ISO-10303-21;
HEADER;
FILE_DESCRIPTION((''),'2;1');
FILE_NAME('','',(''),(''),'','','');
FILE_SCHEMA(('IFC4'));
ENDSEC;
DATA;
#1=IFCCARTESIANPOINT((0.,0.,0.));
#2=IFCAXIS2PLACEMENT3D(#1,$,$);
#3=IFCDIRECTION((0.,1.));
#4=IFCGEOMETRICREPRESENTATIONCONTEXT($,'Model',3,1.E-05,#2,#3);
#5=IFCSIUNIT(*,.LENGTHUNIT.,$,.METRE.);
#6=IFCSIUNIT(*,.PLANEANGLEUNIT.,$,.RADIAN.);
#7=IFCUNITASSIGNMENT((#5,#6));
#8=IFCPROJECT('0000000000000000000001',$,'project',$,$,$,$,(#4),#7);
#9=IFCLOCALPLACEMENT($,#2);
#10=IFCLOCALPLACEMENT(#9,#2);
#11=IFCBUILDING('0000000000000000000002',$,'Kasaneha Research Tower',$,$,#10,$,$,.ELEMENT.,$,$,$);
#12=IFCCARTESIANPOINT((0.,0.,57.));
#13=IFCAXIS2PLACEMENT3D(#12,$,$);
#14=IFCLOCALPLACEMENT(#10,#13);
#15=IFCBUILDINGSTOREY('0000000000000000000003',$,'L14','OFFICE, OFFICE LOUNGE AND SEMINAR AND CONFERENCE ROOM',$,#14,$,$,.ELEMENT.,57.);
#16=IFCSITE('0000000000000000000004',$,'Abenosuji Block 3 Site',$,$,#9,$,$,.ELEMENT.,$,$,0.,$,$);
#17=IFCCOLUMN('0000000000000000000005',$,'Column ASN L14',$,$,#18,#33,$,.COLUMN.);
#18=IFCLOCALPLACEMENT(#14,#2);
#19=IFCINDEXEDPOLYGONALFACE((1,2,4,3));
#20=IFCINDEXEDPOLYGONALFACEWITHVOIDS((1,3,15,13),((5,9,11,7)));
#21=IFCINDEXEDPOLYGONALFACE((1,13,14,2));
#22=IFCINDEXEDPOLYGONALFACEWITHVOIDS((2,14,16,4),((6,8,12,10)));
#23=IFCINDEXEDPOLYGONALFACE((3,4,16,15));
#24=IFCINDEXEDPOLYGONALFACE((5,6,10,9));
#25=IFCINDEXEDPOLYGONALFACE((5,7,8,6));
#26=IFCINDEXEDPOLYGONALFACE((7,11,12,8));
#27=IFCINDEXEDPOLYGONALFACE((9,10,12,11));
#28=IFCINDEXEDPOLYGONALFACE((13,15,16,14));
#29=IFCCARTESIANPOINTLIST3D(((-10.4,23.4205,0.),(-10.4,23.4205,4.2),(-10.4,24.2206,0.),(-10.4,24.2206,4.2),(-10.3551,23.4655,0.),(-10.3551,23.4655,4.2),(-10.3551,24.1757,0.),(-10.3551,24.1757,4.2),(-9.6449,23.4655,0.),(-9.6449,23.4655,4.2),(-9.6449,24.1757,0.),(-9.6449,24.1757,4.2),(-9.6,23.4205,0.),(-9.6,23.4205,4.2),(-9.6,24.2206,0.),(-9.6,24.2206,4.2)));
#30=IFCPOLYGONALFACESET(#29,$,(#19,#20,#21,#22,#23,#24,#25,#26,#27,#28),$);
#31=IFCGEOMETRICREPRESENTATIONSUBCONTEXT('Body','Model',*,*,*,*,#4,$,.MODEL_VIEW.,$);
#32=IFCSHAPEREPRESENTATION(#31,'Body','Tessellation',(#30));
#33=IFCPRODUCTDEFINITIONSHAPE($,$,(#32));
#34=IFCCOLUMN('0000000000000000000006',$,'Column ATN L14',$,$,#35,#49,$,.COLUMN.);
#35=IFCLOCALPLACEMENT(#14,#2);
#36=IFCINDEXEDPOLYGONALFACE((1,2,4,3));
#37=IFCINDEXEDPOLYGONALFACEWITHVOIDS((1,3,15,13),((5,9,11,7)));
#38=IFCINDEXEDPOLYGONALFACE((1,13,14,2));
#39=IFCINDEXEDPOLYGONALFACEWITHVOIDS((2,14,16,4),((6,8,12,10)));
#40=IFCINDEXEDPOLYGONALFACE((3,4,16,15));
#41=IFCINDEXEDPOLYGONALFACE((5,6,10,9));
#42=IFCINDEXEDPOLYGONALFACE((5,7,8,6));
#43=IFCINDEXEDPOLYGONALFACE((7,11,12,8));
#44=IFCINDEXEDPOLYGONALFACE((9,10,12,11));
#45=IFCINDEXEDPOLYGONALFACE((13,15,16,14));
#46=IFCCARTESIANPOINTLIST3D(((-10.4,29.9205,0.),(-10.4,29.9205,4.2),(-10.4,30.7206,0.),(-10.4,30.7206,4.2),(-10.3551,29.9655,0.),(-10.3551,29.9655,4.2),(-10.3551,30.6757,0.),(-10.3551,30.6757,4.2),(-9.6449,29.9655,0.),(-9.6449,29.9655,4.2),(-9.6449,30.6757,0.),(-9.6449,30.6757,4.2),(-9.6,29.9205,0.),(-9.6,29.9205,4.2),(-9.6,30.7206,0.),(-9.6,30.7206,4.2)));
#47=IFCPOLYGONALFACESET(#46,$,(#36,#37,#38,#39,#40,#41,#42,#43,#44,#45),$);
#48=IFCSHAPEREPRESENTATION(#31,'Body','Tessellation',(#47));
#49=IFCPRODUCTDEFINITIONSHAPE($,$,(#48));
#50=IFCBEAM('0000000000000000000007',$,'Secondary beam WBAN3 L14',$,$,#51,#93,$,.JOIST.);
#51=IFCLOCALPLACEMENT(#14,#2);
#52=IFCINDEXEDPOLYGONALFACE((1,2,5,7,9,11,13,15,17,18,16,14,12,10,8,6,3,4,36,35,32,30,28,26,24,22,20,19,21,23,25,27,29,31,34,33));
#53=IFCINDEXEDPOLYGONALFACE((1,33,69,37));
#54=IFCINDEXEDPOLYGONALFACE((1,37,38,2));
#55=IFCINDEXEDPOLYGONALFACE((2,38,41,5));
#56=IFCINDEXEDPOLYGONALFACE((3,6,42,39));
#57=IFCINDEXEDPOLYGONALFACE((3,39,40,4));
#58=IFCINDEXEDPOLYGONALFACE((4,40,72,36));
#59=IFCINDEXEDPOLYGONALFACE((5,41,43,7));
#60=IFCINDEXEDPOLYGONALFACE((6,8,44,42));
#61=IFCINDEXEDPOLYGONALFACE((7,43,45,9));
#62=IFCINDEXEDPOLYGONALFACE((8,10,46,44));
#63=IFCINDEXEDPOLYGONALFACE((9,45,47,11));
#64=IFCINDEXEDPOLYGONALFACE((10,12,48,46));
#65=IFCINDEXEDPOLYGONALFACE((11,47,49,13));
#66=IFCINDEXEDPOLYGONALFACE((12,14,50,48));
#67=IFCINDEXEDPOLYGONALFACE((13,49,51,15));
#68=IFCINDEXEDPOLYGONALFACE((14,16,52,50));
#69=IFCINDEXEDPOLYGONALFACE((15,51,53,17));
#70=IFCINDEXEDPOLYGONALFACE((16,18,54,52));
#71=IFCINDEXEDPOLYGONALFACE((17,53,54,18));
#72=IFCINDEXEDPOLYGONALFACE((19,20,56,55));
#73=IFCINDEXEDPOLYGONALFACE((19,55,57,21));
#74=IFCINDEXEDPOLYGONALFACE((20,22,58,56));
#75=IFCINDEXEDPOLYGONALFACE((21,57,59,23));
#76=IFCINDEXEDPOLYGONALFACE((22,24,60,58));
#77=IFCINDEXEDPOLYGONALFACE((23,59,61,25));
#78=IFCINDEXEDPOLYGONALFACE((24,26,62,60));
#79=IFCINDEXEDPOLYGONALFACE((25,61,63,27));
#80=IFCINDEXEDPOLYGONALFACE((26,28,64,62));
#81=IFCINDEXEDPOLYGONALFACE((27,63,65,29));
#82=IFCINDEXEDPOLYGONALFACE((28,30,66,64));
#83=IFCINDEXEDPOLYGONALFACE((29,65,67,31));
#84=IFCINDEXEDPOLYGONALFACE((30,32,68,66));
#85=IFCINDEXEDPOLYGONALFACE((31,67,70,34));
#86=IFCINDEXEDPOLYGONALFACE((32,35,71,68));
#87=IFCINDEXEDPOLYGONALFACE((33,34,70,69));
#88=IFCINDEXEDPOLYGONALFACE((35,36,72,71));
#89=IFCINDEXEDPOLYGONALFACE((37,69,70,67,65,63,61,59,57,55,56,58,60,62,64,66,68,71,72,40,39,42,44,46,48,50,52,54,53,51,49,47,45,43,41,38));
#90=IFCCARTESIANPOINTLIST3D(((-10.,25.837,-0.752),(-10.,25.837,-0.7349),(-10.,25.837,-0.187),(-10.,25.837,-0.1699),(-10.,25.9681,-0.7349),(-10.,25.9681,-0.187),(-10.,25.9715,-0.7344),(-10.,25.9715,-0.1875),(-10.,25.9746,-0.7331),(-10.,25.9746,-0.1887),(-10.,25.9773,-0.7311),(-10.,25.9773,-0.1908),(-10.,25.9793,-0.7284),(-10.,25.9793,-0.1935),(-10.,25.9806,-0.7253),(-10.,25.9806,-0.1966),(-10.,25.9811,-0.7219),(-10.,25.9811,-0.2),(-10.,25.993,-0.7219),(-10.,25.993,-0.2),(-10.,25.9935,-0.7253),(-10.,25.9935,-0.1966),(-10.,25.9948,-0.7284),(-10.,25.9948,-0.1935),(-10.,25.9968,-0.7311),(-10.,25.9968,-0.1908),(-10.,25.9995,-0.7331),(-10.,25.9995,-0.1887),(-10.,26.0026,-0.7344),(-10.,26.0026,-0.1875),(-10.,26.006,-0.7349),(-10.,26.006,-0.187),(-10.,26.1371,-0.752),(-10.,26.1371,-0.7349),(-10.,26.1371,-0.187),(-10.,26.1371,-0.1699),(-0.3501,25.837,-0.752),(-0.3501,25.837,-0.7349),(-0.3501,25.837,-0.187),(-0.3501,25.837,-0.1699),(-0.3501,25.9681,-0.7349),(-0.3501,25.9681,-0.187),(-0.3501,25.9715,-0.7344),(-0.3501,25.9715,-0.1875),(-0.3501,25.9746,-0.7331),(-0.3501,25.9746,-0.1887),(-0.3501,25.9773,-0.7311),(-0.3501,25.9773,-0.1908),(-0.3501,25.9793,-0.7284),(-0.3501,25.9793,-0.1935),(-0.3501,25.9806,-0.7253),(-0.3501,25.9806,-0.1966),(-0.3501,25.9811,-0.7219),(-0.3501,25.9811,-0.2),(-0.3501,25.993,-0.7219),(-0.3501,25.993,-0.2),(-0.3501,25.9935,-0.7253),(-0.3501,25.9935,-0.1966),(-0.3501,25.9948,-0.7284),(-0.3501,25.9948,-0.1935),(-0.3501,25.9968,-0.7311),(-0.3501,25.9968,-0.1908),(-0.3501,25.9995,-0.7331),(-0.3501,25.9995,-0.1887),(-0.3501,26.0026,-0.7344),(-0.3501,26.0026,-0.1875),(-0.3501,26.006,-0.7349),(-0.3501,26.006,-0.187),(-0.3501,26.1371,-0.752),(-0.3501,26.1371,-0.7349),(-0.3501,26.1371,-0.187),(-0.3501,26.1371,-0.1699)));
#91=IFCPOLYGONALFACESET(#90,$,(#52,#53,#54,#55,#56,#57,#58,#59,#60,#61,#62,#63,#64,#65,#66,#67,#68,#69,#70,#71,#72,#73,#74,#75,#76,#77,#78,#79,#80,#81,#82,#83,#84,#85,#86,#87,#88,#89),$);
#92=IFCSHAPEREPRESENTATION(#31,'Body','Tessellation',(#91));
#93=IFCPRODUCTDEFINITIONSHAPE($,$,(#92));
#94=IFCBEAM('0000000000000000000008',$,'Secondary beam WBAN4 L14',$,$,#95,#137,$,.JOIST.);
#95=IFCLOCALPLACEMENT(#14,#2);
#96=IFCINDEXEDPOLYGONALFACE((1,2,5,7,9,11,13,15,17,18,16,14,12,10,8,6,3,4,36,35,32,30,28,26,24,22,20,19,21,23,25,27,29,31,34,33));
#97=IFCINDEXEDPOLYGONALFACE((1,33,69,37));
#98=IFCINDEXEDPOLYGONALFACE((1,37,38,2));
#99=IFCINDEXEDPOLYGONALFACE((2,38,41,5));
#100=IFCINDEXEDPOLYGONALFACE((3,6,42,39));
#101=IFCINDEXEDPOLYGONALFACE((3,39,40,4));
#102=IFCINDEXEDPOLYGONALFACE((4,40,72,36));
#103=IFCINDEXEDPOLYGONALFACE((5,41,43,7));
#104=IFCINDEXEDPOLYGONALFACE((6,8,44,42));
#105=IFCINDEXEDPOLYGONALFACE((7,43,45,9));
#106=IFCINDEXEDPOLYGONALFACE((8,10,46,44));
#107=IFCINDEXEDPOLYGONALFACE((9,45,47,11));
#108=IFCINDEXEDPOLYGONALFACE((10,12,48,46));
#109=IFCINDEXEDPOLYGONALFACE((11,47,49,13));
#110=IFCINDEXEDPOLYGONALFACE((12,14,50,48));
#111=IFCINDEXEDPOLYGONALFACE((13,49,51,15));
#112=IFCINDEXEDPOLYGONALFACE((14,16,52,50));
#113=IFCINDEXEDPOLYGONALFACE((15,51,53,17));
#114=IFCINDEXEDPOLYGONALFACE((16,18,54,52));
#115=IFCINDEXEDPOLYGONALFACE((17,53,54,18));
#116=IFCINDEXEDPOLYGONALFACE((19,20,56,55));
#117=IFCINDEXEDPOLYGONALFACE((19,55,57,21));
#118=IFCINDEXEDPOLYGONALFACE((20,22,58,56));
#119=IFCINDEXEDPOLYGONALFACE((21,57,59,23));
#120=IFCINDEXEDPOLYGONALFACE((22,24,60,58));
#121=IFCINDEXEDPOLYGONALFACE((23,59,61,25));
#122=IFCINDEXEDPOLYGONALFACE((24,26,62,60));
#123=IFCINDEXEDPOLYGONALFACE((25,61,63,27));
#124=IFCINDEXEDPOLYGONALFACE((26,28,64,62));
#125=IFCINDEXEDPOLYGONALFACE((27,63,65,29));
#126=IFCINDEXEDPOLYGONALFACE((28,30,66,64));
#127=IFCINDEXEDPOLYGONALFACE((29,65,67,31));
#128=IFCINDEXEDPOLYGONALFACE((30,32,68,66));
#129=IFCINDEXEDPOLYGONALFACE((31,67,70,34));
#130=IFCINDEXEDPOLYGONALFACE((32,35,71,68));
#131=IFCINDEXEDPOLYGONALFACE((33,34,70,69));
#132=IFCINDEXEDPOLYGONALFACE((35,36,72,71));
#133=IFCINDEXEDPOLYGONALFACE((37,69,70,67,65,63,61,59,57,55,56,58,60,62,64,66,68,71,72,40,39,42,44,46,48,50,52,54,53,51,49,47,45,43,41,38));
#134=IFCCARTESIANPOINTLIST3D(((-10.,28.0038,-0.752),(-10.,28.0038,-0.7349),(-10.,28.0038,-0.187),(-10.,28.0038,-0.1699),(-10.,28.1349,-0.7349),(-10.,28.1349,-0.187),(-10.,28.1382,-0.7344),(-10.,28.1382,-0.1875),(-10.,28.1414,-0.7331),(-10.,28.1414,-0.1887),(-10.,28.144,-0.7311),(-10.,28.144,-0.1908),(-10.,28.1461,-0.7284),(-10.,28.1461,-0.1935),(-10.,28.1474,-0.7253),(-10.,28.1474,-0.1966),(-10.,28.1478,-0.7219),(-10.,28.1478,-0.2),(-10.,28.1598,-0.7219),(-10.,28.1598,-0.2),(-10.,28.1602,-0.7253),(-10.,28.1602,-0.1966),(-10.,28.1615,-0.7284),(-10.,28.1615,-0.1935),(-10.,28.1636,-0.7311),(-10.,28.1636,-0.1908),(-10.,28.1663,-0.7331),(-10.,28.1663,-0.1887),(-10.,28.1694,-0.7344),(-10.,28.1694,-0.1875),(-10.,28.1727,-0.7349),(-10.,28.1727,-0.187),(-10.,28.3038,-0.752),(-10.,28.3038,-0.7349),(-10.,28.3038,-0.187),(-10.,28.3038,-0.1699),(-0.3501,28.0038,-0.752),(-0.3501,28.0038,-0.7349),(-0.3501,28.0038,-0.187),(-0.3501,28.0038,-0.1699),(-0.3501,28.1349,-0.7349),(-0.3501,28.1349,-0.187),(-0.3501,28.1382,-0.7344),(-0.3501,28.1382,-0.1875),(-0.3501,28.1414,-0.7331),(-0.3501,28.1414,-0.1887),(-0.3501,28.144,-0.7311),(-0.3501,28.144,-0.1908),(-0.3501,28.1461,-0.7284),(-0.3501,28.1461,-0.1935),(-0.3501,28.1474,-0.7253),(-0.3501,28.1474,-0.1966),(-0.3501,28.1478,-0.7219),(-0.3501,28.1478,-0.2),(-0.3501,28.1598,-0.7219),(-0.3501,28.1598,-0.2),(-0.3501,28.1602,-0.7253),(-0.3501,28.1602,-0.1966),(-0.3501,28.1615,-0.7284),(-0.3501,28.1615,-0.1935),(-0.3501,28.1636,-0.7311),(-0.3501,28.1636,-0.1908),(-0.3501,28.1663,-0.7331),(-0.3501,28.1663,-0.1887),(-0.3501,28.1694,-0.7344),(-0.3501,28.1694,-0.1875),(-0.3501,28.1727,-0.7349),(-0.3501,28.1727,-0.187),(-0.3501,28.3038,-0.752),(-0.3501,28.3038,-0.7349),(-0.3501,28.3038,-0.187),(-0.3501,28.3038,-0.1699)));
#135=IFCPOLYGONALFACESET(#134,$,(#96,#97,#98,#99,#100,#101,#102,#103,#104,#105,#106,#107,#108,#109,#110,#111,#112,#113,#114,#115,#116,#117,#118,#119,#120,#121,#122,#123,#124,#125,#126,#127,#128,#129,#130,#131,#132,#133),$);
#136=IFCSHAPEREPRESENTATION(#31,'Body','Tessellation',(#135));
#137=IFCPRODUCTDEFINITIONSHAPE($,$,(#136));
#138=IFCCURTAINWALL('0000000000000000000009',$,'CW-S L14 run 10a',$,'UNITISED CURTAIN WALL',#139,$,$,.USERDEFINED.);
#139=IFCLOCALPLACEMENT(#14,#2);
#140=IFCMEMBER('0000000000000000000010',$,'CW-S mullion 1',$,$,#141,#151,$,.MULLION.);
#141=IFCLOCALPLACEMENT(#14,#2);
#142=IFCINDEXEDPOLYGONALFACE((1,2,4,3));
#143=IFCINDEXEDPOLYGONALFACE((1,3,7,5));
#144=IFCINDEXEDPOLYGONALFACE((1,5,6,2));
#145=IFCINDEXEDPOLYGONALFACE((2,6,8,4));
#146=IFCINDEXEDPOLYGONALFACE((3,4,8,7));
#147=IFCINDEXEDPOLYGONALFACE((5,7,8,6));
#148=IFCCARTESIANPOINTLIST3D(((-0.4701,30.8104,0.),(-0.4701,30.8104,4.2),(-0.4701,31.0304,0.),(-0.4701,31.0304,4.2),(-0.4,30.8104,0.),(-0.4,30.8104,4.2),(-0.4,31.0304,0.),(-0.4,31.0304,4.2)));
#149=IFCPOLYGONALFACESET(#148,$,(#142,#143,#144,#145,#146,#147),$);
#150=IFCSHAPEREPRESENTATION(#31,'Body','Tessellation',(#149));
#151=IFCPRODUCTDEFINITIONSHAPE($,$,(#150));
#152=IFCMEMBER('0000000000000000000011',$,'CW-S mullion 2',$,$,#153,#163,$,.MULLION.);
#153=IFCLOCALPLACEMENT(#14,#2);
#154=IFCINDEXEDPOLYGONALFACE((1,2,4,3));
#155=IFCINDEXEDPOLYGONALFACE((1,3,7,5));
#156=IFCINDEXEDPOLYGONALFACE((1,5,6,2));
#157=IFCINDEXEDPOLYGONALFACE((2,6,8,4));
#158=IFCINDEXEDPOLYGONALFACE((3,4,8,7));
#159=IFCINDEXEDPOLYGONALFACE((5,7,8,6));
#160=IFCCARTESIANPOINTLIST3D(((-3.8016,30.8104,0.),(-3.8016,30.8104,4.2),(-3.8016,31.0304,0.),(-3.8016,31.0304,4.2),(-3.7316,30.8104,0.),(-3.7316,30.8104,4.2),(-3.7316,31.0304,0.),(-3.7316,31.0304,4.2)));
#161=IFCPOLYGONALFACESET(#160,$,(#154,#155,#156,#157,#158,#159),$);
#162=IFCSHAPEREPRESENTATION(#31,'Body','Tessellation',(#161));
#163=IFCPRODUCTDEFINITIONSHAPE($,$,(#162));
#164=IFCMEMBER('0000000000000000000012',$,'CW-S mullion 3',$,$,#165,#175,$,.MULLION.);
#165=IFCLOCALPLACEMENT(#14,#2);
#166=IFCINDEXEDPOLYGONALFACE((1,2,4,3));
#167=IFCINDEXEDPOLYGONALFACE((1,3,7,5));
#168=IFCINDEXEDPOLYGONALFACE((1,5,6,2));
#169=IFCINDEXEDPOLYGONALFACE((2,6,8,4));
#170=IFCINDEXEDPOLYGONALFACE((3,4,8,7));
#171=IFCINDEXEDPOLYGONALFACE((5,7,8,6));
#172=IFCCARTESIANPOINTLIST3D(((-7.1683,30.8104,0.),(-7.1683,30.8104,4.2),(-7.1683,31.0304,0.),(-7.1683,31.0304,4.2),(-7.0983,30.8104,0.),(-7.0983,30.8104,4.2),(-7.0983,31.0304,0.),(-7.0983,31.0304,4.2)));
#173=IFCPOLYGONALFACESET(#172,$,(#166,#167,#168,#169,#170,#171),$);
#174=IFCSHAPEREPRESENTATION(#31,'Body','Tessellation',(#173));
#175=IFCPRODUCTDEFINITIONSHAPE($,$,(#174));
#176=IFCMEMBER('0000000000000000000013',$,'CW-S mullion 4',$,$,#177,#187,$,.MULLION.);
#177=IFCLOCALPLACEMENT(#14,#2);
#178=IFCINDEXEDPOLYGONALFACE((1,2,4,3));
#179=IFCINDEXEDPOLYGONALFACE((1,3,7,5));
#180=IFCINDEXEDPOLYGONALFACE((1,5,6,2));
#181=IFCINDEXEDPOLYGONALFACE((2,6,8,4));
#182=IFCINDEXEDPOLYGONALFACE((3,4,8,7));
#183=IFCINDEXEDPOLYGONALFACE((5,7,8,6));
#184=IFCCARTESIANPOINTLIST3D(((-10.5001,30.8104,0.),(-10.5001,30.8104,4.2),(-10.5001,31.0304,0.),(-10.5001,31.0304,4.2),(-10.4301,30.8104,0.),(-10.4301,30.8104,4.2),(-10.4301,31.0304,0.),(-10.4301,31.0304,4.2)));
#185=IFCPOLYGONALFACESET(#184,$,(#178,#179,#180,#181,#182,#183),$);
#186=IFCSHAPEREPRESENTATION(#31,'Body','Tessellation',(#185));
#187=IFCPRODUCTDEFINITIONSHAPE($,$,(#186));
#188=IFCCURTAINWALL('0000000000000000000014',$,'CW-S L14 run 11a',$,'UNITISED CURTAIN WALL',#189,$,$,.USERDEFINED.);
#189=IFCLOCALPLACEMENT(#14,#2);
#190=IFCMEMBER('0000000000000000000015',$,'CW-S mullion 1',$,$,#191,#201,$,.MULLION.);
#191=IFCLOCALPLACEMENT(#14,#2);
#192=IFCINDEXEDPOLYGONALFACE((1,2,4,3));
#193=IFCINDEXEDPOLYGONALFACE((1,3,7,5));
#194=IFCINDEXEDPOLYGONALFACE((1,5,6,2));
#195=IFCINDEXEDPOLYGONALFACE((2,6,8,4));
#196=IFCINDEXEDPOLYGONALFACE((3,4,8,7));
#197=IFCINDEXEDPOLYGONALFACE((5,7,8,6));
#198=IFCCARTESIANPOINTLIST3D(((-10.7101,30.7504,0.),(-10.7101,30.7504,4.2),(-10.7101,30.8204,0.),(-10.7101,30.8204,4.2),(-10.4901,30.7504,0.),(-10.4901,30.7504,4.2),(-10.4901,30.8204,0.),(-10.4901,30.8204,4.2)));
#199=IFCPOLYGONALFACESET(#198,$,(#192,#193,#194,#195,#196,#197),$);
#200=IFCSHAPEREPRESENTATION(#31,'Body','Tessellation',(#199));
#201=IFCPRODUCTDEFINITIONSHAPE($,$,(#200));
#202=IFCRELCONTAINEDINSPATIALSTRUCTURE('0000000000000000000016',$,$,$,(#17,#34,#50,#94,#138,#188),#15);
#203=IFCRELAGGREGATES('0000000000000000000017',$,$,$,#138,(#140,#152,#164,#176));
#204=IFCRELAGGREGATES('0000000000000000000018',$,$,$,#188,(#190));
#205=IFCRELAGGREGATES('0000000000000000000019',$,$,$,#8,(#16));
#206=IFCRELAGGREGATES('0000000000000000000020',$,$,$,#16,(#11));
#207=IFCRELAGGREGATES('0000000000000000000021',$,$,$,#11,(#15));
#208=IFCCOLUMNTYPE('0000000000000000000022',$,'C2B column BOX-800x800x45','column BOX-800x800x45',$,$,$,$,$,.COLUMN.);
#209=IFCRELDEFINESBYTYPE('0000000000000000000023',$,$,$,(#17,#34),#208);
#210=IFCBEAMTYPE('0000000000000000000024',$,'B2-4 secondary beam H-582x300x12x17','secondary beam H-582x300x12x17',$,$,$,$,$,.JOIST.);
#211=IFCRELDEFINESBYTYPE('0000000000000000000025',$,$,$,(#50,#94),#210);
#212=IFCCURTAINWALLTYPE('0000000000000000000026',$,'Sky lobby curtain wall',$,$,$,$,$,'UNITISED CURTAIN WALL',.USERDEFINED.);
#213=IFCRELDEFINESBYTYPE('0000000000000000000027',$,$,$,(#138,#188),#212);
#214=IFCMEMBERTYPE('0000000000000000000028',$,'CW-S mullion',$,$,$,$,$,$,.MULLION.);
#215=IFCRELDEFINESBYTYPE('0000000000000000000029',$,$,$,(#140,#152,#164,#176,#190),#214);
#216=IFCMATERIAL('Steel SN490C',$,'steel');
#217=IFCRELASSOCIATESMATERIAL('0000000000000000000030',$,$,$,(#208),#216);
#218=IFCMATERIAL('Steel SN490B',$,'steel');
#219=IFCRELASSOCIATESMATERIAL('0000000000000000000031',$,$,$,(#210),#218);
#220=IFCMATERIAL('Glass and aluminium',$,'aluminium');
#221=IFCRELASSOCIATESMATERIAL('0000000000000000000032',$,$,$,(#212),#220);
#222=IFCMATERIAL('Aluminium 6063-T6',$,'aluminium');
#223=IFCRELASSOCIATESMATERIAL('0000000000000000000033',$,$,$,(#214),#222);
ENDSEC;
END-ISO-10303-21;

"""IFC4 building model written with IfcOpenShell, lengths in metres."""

from ifc_helpers import new_model, si_unit, direction, frame, origin, origin_2d, place, context, subcontext, project, spatial, rectangle, hollow_rectangle, i_section, extrude, material, material_profile, profile_set, type_object, element, aggregate, save


model = new_model("IFC4")

# Units and contexts
model_context = context("Model", 3, precision=1e-05, world=origin(), true_north=direction((0.0, 1.0)))
body_context = subcontext(model_context, "Body", "Model", "MODEL_VIEW")
ifc_project = project(units=[si_unit("LENGTHUNIT", "METRE"), si_unit("PLANEANGLEUNIT", "RADIAN")], contexts=[model_context])

# Site, building, storey
site_placement = place(None, origin())
site = spatial("IfcSite", under=ifc_project, at=site_placement, Name="Abenosuji Block 3 Site", CompositionType="ELEMENT", RefElevation=0.0)
building_placement = place(site_placement, origin())
building = spatial("IfcBuilding", under=site, at=building_placement, Name="Kasaneha Research Tower", CompositionType="ELEMENT")
storey_placement = place(building_placement, frame((0.0, 0.0, 57.0)))
storey = spatial("IfcBuildingStorey", under=building, at=storey_placement, Name="L14", Description="OFFICE, OFFICE LOUNGE AND SEMINAR AND CONFERENCE ROOM", CompositionType="ELEMENT", Elevation=57.0)

# Columns
ifc_material_1 = material(Name="Steel SN490C", Category="steel")
ifc_material_profile_1 = material_profile(ifc_material_1, hollow_rectangle(XDim=0.8, YDim=0.8, WallThickness=0.0449, at=origin_2d()), Name="BOX-800x800x45")
ifc_profile_set_1 = profile_set([ifc_material_profile_1], Name="Steel SN490C")
column_type = type_object("IfcColumnType", Name="C2B column BOX-800x800x45", Description="column BOX-800x800x45", PredefinedType="COLUMN", material=ifc_profile_set_1)
for number, where, z_axis, x_axis, name in (
    (1, (-10.0, 23.8206, 0.0), (0.0, 0.0, 1.0), (1.0, 0.0, 0.0), "Column ASN L14"),
    (2, (-10.0, 30.3206, 0.0), (0.0, 0.0, 1.0), (1.0, 0.0, 0.0), "Column ATN L14"),
):
    element("IfcColumn", number, at=place(storey_placement, frame(where, z_axis=z_axis, x_axis=x_axis)), inside=storey, type_object=column_type, Name=name, PredefinedType="COLUMN", context=body_context, shape_type="SweptSolid", body=[
        extrude(hollow_rectangle(XDim=0.8, YDim=0.8, WallThickness=0.0449, at=origin_2d()), origin(), (0.0, 0.0, 1.0), 4.2),
    ])

# Beams
ifc_material_2 = material(Name="Steel SN490B", Category="steel")
ifc_material_profile_2 = material_profile(ifc_material_2, i_section(OverallWidth=0.3, OverallDepth=0.582, WebThickness=0.012, FlangeThickness=0.0171, FilletRadius=0.0129, at=origin_2d()), Name="H-582x300x12x17")
ifc_profile_set_2 = profile_set([ifc_material_profile_2], Name="Steel SN490B")
beam_type_1 = type_object("IfcBeamType", Name="B2-4 secondary beam H-582x300x12x17", Description="secondary beam H-582x300x12x17", PredefinedType="JOIST", material=ifc_profile_set_2)
for number, where, z_axis, x_axis, name in (
    (3, (-10.0, 25.9871, -0.4609), (1.0, 0.0, 0.0), (0.0, 1.0, 0.0), "Secondary beam WBAN3 L14"),
    (4, (-10.0, 28.1538, -0.4609), (1.0, 0.0, 0.0), (0.0, 1.0, 0.0), "Secondary beam WBAN4 L14"),
):
    element("IfcBeam", number, at=place(storey_placement, frame(where, z_axis=z_axis, x_axis=x_axis)), inside=storey, type_object=beam_type_1, Name=name, PredefinedType="JOIST", context=body_context, shape_type="SweptSolid", body=[
        extrude(i_section(OverallWidth=0.3, OverallDepth=0.582, WebThickness=0.012, FlangeThickness=0.0171, FilletRadius=0.0129, at=origin_2d()), origin(), (0.0, 0.0, 1.0), 9.6499),
    ])

# Curtain walls, members
ifc_material_3 = material(Name="Glass and aluminium", Category="aluminium")
curtain_wall_type = type_object("IfcCurtainWallType", Name="Sky lobby curtain wall", ElementType="UNITISED CURTAIN WALL", PredefinedType="USERDEFINED", material=ifc_material_3)
curtain_wall_1_placement = place(storey_placement, origin())
curtain_wall_1 = element("IfcCurtainWall", 5, at=curtain_wall_1_placement, inside=storey, type_object=curtain_wall_type, Name="CW-S L14 run 10a", ObjectType="UNITISED CURTAIN WALL", PredefinedType="USERDEFINED")
ifc_material_4 = material(Name="Aluminium 6063-T6", Category="aluminium")
ifc_material_profile_3 = material_profile(ifc_material_4, rectangle(XDim=0.0701, YDim=0.22, at=origin_2d()), Name="CW-S mullion 70x220")
ifc_profile_set_3 = profile_set([ifc_material_profile_3], Name="Aluminium 6063-T6")
member_type_1 = type_object("IfcMemberType", Name="CW-S mullion", PredefinedType="MULLION", material=ifc_profile_set_3)
member_1_placement = place(storey_placement, frame((-0.4351, 30.9204, 0.0), z_axis=(0.0, 0.0, 1.0), x_axis=(-1.0, 0.0, 0.0)))
member_1 = element("IfcMember", 6, at=member_1_placement, type_object=member_type_1, Name="CW-S mullion 1", PredefinedType="MULLION", context=body_context, shape_type="SweptSolid", body=[
    extrude(rectangle(XDim=0.0701, YDim=0.22, at=origin_2d()), origin(), (0.0, 0.0, 1.0), 4.2),
])
member_2_placement = place(storey_placement, frame((-3.7666, 30.9204, 0.0), z_axis=(0.0, 0.0, 1.0), x_axis=(-1.0, 0.0, 0.0)))
member_2 = element("IfcMember", 7, at=member_2_placement, type_object=member_type_1, Name="CW-S mullion 2", PredefinedType="MULLION", context=body_context, shape_type="SweptSolid", body=[
    extrude(rectangle(XDim=0.0701, YDim=0.22, at=origin_2d()), origin(), (0.0, 0.0, 1.0), 4.2),
])
member_3_placement = place(storey_placement, frame((-7.1333, 30.9204, 0.0), z_axis=(0.0, 0.0, 1.0), x_axis=(-1.0, 0.0, 0.0)))
member_3 = element("IfcMember", 8, at=member_3_placement, type_object=member_type_1, Name="CW-S mullion 3", PredefinedType="MULLION", context=body_context, shape_type="SweptSolid", body=[
    extrude(rectangle(XDim=0.0701, YDim=0.22, at=origin_2d()), origin(), (0.0, 0.0, 1.0), 4.2),
])
member_4_placement = place(storey_placement, frame((-10.4651, 30.9204, 0.0), z_axis=(0.0, 0.0, 1.0), x_axis=(-1.0, 0.0, 0.0)))
member_4 = element("IfcMember", 9, at=member_4_placement, type_object=member_type_1, Name="CW-S mullion 4", PredefinedType="MULLION", context=body_context, shape_type="SweptSolid", body=[
    extrude(rectangle(XDim=0.0701, YDim=0.22, at=origin_2d()), origin(), (0.0, 0.0, 1.0), 4.2),
])
curtain_wall_2_placement = place(storey_placement, origin())
curtain_wall_2 = element("IfcCurtainWall", 10, at=curtain_wall_2_placement, inside=storey, type_object=curtain_wall_type, Name="CW-S L14 run 11a", ObjectType="UNITISED CURTAIN WALL", PredefinedType="USERDEFINED")
member_5_placement = place(storey_placement, frame((-10.6001, 30.7854, 0.0), z_axis=(0.0, 0.0, 1.0), x_axis=(0.0, -1.0, 0.0)))
member_5 = element("IfcMember", 11, at=member_5_placement, type_object=member_type_1, Name="CW-S mullion 1", PredefinedType="MULLION", context=body_context, shape_type="SweptSolid", body=[
    extrude(rectangle(XDim=0.0701, YDim=0.22, at=origin_2d()), origin(), (0.0, 0.0, 1.0), 4.2),
])

aggregate(curtain_wall_1, [member_1, member_2, member_3, member_4])
aggregate(curtain_wall_2, [member_5])

save(model, "model.ifc")
